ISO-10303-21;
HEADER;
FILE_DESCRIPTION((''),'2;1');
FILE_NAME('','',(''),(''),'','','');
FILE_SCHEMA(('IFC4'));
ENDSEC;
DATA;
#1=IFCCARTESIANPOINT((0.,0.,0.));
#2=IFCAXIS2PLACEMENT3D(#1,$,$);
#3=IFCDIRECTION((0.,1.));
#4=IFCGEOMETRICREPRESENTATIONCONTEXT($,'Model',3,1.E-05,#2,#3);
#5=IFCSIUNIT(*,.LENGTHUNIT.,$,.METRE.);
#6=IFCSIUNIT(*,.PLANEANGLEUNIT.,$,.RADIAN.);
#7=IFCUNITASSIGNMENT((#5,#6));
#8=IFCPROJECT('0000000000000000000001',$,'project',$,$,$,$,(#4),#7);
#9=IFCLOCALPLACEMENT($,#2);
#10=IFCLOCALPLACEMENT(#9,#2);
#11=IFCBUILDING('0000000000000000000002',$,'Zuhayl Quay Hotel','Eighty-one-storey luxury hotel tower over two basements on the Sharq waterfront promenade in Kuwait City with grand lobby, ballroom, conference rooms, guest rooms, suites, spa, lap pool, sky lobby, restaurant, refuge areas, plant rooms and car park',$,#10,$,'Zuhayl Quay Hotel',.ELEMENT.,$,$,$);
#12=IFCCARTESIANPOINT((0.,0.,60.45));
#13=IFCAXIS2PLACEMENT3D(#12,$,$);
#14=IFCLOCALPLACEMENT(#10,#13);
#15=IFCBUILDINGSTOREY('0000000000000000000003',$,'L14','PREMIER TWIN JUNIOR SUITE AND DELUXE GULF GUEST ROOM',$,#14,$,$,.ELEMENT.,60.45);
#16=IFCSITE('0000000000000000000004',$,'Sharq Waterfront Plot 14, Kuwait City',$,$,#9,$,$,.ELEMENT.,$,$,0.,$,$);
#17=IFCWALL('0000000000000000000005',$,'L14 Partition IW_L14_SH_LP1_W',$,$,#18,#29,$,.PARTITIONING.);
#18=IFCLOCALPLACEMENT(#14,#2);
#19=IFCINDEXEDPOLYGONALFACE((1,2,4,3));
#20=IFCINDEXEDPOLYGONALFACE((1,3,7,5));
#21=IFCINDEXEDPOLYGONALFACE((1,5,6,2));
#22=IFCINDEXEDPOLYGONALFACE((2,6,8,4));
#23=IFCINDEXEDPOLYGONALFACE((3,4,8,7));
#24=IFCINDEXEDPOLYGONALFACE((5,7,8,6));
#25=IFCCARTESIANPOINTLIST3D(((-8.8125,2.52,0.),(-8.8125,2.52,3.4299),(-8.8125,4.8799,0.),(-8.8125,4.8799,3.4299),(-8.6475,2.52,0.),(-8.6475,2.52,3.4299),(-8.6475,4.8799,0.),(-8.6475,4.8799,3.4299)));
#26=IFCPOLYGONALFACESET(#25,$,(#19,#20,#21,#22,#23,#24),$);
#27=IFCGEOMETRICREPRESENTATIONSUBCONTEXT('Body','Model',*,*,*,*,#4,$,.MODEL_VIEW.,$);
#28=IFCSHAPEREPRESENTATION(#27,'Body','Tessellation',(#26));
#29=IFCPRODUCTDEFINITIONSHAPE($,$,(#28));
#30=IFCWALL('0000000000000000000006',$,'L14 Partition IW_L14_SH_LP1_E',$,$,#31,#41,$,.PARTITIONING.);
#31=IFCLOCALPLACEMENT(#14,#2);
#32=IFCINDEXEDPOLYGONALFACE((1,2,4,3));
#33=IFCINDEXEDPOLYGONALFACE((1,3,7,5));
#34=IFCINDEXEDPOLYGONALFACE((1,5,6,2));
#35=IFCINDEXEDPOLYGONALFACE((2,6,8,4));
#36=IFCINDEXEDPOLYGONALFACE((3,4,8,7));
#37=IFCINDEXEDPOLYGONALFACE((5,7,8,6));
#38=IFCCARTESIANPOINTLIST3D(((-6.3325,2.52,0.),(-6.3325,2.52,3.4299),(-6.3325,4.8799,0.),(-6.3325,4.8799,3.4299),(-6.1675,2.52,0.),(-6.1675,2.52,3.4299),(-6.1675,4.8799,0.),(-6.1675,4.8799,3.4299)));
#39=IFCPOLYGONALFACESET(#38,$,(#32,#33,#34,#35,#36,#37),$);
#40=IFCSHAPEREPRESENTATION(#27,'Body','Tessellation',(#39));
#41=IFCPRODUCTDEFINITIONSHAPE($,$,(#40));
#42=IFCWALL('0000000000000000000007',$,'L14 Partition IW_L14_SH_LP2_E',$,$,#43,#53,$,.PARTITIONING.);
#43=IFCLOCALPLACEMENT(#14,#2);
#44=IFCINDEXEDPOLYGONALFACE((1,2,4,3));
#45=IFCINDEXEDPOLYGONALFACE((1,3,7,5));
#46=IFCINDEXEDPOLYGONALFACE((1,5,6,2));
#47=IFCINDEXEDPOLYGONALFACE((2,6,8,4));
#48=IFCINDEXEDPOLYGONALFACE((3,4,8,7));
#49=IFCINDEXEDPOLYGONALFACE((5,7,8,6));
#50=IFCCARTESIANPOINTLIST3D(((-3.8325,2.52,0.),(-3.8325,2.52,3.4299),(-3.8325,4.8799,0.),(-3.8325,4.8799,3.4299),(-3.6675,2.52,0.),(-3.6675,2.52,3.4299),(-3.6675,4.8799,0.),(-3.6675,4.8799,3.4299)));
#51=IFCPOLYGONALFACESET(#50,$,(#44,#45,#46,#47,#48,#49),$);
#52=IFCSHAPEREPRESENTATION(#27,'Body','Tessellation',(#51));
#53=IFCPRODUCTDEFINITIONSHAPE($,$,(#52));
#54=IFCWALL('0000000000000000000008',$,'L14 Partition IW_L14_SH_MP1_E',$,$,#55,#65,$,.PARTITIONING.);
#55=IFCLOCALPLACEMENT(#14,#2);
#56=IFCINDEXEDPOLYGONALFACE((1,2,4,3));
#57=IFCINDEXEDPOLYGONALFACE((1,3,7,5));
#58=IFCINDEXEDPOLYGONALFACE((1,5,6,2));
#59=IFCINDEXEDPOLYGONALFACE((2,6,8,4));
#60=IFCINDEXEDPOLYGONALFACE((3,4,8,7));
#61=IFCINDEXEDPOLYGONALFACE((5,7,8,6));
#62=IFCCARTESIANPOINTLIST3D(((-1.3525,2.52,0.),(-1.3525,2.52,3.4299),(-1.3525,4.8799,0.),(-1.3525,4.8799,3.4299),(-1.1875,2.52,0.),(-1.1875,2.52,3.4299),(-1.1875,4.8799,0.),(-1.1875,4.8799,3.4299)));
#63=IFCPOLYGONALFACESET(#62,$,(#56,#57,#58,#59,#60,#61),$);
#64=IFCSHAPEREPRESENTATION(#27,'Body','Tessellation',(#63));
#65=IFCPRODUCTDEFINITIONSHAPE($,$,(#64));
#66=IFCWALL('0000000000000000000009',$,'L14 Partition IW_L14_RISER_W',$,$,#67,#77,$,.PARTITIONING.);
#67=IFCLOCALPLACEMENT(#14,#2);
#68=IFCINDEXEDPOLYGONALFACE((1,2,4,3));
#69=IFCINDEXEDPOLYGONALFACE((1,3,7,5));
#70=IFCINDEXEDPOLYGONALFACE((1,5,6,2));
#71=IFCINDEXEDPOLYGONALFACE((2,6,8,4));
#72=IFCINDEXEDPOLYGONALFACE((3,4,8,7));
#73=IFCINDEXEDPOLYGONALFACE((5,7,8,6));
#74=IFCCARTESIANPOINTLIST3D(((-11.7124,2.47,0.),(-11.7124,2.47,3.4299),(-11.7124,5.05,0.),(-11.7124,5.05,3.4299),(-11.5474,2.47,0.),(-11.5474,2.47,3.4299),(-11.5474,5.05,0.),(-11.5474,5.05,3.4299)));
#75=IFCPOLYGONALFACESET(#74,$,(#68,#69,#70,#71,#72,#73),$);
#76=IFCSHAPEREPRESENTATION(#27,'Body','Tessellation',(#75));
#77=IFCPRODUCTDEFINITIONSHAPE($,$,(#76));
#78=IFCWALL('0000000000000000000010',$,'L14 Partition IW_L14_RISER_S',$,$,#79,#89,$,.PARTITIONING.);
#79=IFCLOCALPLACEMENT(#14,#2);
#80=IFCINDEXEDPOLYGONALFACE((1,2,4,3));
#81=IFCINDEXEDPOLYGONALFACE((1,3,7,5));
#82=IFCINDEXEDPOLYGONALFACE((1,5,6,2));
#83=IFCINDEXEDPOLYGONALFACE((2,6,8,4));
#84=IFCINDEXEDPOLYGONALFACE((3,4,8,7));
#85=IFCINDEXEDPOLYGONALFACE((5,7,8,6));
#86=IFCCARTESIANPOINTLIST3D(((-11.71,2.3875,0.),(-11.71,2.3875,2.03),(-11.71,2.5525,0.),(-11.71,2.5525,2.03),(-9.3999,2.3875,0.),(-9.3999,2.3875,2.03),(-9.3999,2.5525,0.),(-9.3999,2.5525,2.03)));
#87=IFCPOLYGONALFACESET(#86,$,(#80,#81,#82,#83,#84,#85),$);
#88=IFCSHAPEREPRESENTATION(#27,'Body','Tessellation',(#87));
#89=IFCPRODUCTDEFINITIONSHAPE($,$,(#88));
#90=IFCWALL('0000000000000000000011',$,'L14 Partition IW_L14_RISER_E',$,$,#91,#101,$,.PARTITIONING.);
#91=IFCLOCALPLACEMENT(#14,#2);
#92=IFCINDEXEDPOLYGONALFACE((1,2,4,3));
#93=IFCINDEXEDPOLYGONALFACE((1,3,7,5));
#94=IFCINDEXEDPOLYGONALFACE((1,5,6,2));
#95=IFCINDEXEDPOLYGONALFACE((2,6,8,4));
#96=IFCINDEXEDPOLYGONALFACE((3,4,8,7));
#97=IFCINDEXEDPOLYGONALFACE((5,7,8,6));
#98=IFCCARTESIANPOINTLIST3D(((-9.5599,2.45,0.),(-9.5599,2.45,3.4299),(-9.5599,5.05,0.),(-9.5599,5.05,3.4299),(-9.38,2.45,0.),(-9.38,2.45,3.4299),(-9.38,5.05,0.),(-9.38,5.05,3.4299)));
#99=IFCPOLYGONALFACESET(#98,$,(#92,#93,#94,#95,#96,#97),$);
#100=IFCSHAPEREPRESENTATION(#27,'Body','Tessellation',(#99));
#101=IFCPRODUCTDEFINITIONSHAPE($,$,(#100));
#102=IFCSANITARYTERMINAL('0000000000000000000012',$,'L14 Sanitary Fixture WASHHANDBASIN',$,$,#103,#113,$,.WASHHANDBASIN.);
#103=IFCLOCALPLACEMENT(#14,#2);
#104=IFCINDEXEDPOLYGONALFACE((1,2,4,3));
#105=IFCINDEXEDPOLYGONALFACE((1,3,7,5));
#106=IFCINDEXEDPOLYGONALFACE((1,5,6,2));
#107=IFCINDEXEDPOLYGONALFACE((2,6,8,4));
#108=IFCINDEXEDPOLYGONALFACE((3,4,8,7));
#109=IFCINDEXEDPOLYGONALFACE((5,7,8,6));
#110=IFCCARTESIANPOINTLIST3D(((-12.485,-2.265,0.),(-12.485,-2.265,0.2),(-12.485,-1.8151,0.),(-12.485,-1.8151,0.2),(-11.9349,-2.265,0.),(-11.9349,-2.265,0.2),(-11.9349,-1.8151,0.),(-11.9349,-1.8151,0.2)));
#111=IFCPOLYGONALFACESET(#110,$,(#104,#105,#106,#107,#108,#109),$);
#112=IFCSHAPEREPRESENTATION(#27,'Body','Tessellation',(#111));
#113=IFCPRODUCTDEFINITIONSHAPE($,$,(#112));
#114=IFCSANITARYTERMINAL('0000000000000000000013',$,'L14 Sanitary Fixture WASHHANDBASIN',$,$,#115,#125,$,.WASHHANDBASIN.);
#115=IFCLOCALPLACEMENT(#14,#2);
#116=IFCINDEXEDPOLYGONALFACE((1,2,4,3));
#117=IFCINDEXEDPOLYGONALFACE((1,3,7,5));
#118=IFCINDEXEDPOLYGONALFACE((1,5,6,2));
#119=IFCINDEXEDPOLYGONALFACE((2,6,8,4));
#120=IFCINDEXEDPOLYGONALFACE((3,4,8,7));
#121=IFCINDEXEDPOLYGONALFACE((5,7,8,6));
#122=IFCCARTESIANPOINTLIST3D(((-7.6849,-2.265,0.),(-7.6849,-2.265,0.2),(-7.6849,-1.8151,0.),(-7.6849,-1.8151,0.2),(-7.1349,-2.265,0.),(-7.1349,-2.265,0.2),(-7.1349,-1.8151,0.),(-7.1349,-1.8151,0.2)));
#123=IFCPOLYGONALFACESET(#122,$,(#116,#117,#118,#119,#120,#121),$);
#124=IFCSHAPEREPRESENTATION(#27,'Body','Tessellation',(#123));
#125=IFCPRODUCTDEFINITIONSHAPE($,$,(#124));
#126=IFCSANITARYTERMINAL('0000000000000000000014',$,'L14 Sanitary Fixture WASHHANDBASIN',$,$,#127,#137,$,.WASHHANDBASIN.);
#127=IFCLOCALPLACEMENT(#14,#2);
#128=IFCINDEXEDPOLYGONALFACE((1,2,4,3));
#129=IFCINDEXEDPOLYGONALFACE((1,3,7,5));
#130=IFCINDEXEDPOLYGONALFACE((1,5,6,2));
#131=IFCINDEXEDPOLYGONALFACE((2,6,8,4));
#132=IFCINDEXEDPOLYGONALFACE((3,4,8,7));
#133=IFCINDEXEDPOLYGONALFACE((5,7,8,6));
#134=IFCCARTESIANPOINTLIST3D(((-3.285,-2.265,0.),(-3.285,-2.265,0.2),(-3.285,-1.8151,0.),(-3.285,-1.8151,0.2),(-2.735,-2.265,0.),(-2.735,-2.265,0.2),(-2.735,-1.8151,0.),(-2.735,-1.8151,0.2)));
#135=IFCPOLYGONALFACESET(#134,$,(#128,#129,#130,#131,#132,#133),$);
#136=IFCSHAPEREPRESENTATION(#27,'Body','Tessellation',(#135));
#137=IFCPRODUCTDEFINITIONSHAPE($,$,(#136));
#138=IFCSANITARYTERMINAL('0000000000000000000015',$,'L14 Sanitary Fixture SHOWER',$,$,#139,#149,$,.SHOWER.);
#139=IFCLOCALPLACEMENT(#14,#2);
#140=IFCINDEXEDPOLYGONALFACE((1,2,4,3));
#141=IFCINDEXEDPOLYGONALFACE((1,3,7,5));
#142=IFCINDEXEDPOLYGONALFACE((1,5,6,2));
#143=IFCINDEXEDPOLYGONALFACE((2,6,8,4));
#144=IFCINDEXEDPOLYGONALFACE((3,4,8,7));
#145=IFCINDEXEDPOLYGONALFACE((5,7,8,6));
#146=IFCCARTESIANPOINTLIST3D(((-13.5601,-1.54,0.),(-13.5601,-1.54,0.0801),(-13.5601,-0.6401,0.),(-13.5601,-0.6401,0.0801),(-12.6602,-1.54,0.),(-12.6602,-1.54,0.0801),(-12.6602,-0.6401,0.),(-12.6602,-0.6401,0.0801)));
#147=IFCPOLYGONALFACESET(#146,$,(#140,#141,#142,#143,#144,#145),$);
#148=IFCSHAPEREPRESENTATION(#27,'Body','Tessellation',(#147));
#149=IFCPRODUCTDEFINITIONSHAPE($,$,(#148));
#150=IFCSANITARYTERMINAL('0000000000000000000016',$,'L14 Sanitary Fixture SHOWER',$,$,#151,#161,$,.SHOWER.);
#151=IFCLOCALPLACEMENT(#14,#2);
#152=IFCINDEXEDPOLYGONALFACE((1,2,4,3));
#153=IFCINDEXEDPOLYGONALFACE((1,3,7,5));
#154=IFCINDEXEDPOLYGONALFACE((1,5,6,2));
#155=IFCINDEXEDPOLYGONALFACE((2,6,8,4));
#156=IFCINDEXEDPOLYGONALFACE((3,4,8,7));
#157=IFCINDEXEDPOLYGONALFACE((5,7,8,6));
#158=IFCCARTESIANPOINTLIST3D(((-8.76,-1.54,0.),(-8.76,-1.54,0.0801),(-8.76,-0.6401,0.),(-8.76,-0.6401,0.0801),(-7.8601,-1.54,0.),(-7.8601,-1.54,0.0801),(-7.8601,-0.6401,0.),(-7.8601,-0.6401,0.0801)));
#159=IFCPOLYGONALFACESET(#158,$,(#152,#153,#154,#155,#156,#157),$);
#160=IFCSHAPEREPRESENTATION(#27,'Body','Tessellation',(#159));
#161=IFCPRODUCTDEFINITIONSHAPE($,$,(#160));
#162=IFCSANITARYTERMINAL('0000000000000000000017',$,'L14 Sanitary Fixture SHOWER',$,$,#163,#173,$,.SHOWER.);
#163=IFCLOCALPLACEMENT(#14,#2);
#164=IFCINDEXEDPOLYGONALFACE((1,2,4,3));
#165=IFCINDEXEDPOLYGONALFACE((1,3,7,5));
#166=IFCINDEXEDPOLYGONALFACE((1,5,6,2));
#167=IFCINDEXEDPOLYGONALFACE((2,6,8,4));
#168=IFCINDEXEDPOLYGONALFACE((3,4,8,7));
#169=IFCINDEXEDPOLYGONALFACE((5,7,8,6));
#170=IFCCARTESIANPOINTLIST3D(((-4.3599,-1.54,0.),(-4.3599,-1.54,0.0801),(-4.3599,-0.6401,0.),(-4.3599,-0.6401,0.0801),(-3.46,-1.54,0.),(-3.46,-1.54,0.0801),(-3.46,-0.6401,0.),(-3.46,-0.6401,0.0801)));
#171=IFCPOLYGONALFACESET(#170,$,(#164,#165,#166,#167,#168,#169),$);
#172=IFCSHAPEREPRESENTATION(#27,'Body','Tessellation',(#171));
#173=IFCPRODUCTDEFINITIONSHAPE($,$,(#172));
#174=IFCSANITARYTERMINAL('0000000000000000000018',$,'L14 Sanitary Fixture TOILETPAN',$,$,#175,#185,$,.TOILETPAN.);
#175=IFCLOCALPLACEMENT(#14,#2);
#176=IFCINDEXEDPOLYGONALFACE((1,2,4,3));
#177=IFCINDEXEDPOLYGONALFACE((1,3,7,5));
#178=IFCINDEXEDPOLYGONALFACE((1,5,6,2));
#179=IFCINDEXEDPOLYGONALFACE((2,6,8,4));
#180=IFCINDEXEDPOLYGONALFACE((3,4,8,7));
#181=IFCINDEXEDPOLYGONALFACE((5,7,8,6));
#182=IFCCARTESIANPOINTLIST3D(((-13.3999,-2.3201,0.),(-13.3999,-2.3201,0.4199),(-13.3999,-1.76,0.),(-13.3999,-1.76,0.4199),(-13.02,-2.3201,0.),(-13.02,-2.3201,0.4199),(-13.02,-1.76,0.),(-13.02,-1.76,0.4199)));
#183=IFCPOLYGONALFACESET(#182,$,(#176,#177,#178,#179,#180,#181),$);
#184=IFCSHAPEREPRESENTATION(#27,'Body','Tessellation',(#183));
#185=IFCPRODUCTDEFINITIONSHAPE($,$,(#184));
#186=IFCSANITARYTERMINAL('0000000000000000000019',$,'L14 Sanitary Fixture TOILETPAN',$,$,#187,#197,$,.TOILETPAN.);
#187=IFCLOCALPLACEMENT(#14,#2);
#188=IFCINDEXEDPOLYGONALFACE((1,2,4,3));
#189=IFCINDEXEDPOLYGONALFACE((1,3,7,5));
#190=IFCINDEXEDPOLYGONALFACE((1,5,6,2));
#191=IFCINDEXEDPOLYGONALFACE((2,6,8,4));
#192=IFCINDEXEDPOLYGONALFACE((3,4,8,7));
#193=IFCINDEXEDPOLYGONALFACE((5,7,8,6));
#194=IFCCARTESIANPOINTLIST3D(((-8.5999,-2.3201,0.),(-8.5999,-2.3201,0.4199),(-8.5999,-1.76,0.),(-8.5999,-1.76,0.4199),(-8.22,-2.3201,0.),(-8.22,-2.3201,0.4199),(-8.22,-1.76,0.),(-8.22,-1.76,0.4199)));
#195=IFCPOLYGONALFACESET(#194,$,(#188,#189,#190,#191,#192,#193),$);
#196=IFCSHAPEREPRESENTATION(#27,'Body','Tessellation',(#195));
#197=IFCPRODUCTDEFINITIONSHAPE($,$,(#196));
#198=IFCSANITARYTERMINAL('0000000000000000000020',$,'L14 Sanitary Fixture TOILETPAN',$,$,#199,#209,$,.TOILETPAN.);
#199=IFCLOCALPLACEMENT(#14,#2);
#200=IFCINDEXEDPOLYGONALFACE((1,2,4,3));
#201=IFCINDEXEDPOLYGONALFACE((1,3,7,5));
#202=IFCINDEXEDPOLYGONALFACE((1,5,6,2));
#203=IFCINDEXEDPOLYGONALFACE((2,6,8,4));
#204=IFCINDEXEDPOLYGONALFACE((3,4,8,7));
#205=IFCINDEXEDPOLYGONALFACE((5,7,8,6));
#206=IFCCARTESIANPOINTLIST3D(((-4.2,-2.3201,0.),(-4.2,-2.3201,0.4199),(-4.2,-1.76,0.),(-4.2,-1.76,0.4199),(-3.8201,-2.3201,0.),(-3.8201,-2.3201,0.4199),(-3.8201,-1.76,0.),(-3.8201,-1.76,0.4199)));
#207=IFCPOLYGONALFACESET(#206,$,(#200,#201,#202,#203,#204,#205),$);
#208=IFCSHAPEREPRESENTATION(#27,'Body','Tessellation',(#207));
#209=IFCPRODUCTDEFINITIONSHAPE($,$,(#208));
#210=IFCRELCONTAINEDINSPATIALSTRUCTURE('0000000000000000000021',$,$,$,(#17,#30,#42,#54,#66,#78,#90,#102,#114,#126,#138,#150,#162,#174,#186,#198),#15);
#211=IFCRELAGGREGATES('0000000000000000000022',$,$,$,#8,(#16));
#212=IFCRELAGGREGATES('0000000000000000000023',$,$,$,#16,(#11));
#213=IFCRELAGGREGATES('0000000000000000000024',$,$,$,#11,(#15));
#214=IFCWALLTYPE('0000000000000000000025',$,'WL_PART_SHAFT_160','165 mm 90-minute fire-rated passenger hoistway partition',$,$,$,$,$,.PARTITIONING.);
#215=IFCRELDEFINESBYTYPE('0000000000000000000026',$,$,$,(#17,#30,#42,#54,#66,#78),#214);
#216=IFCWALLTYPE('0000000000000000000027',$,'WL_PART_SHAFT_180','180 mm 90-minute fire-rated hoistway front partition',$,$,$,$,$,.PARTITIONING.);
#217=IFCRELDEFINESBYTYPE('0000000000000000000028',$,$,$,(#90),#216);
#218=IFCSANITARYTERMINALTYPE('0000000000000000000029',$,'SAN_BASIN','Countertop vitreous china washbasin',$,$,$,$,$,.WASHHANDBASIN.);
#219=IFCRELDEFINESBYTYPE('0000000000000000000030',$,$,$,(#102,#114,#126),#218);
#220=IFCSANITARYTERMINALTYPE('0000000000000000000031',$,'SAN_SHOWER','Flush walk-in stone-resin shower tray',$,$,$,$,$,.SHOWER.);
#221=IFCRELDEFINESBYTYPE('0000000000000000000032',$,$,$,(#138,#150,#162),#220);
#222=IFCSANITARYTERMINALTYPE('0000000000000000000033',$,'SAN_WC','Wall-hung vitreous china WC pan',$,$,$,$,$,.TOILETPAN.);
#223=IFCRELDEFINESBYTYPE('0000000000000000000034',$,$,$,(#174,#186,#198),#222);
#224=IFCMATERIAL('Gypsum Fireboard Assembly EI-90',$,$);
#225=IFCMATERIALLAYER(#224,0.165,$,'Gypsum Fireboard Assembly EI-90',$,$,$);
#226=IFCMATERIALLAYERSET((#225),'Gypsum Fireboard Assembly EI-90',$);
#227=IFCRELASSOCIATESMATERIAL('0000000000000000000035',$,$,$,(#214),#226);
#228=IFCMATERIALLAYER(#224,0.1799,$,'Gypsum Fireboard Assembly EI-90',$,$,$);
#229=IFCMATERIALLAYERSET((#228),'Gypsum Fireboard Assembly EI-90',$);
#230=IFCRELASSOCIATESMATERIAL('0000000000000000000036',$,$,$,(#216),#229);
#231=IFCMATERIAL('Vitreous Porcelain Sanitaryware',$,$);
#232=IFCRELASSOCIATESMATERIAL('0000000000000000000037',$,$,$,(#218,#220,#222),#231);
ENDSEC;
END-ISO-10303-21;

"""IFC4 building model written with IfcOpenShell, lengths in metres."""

from ifc_helpers import new_model, si_unit, direction, frame, frame_2d, origin, origin_2d, place, context, subcontext, project, spatial, rectangle, extrude, material, layer, layer_set, type_object, element, save


model = new_model("IFC4")

# Units and contexts
model_context = context("Model", 3, precision=1e-05, world=origin(), true_north=direction((0.0, 1.0)))
body_context = subcontext(model_context, "Body", "Model", "MODEL_VIEW")
ifc_project = project(units=[si_unit("LENGTHUNIT", "METRE"), si_unit("PLANEANGLEUNIT", "RADIAN")], contexts=[model_context])

# Site, building, storey
site_placement = place(None, origin())
site = spatial("IfcSite", under=ifc_project, at=site_placement, Name="Sharq Waterfront Plot 14, Kuwait City", CompositionType="ELEMENT", RefElevation=0.0)
building_placement = place(site_placement, origin())
building = spatial("IfcBuilding", under=site, at=building_placement, Name="Zuhayl Quay Hotel", Description="Eighty-one-storey luxury hotel tower over two basements on the Sharq waterfront promenade in Kuwait City with grand lobby, ballroom, conference rooms, guest rooms, suites, spa, lap pool, sky lobby, restaurant, refuge areas, plant rooms and car park", LongName="Zuhayl Quay Hotel", CompositionType="ELEMENT")
storey_placement = place(building_placement, frame((0.0, 0.0, 60.45)))
storey = spatial("IfcBuildingStorey", under=building, at=storey_placement, Name="L14", Description="PREMIER TWIN JUNIOR SUITE AND DELUXE GULF GUEST ROOM", CompositionType="ELEMENT", Elevation=60.45)

# Walls
ifc_material_1 = material(Name="Gypsum Fireboard Assembly EI-90")
ifc_layer_1 = layer(ifc_material_1, 0.165, Name="Gypsum Fireboard Assembly EI-90")
ifc_layer_set_1 = layer_set([ifc_layer_1], Name="Gypsum Fireboard Assembly EI-90")
wall_type_1 = type_object("IfcWallType", Name="WL_PART_SHAFT_160", Description="165 mm 90-minute fire-rated passenger hoistway partition", PredefinedType="PARTITIONING", material=ifc_layer_set_1)
for number, where, z_axis, x_axis, name in (
    (1, (-8.73, 2.52, 0.0), (0.0, 0.0, 1.0), (0.0, 1.0, 0.0), "L14 Partition IW_L14_SH_LP1_W"),
    (2, (-6.25, 2.52, 0.0), (0.0, 0.0, 1.0), (0.0, 1.0, 0.0), "L14 Partition IW_L14_SH_LP1_E"),
    (3, (-3.75, 2.52, 0.0), (0.0, 0.0, 1.0), (0.0, 1.0, 0.0), "L14 Partition IW_L14_SH_LP2_E"),
    (4, (-1.27, 2.52, 0.0), (0.0, 0.0, 1.0), (0.0, 1.0, 0.0), "L14 Partition IW_L14_SH_MP1_E"),
):
    element("IfcWall", number, at=place(storey_placement, frame(where, z_axis=z_axis, x_axis=x_axis)), inside=storey, type_object=wall_type_1, Name=name, PredefinedType="PARTITIONING", context=body_context, shape_type="SweptSolid", body=[
        extrude(rectangle(XDim=2.3599, YDim=0.165, at=frame_2d((1.1799, 0.0))), origin(), (0.0, 0.0, 1.0), 3.4299),
    ])
wall_1_placement = place(storey_placement, frame((-11.6299, 2.47, 0.0), z_axis=(0.0, 0.0, 1.0), x_axis=(0.0, 1.0, 0.0)))
element("IfcWall", 5, at=wall_1_placement, inside=storey, type_object=wall_type_1, Name="L14 Partition IW_L14_RISER_W", PredefinedType="PARTITIONING", context=body_context, shape_type="SweptSolid", body=[
    extrude(rectangle(XDim=2.5801, YDim=0.165, at=frame_2d((1.29, 0.0))), origin(), (0.0, 0.0, 1.0), 3.4299),
])
wall_2_placement = place(storey_placement, frame((-11.71, 2.47, 0.0), z_axis=(0.0, 0.0, 1.0), x_axis=(1.0, 0.0, 0.0)))
element("IfcWall", 6, at=wall_2_placement, inside=storey, type_object=wall_type_1, Name="L14 Partition IW_L14_RISER_S", PredefinedType="PARTITIONING", context=body_context, shape_type="SweptSolid", body=[
    extrude(rectangle(XDim=2.3101, YDim=0.165, at=frame_2d((1.155, 0.0))), origin(), (0.0, 0.0, 1.0), 2.03),
])
ifc_layer_2 = layer(ifc_material_1, 0.1799, Name="Gypsum Fireboard Assembly EI-90")
ifc_layer_set_2 = layer_set([ifc_layer_2], Name="Gypsum Fireboard Assembly EI-90")
wall_type_2 = type_object("IfcWallType", Name="WL_PART_SHAFT_180", Description="180 mm 90-minute fire-rated hoistway front partition", PredefinedType="PARTITIONING", material=ifc_layer_set_2)
wall_3_placement = place(storey_placement, frame((-9.47, 2.45, 0.0), z_axis=(0.0, 0.0, 1.0), x_axis=(0.0, 1.0, 0.0)))
element("IfcWall", 7, at=wall_3_placement, inside=storey, type_object=wall_type_2, Name="L14 Partition IW_L14_RISER_E", PredefinedType="PARTITIONING", context=body_context, shape_type="SweptSolid", body=[
    extrude(rectangle(XDim=2.6001, YDim=0.1799, at=frame_2d((1.3, 0.0))), origin(), (0.0, 0.0, 1.0), 3.4299),
])

# Sanitary terminals
ifc_material_2 = material(Name="Vitreous Porcelain Sanitaryware")
sanitary_terminal_type_1 = type_object("IfcSanitaryTerminalType", Name="SAN_BASIN", Description="Countertop vitreous china washbasin", PredefinedType="WASHHANDBASIN", material=ifc_material_2)
for number, where, z_axis, x_axis, name in (
    (8, (-12.21, -2.04, 0.0), (0.0, 0.0, 1.0), (1.0, 0.0, 0.0), "L14 Sanitary Fixture WASHHANDBASIN"),
    (9, (-7.4099, -2.04, 0.0), (0.0, 0.0, 1.0), (1.0, 0.0, 0.0), "L14 Sanitary Fixture WASHHANDBASIN"),
    (10, (-3.01, -2.04, 0.0), (0.0, 0.0, 1.0), (1.0, 0.0, 0.0), "L14 Sanitary Fixture WASHHANDBASIN"),
):
    element("IfcSanitaryTerminal", number, at=place(storey_placement, frame(where, z_axis=z_axis, x_axis=x_axis)), inside=storey, type_object=sanitary_terminal_type_1, Name=name, PredefinedType="WASHHANDBASIN", context=body_context, shape_type="SweptSolid", body=[
        extrude(rectangle(XDim=0.55, YDim=0.45, at=origin_2d()), origin(), (0.0, 0.0, 1.0), 0.2),
    ])
sanitary_terminal_type_2 = type_object("IfcSanitaryTerminalType", Name="SAN_SHOWER", Description="Flush walk-in stone-resin shower tray", PredefinedType="SHOWER", material=ifc_material_2)
for number, where, z_axis, x_axis, name in (
    (11, (-13.1101, -1.0901, 0.0), (0.0, 0.0, 1.0), (1.0, 0.0, 0.0), "L14 Sanitary Fixture SHOWER"),
    (12, (-8.3101, -1.0901, 0.0), (0.0, 0.0, 1.0), (1.0, 0.0, 0.0), "L14 Sanitary Fixture SHOWER"),
    (13, (-3.9099, -1.0901, 0.0), (0.0, 0.0, 1.0), (1.0, 0.0, 0.0), "L14 Sanitary Fixture SHOWER"),
):
    element("IfcSanitaryTerminal", number, at=place(storey_placement, frame(where, z_axis=z_axis, x_axis=x_axis)), inside=storey, type_object=sanitary_terminal_type_2, Name=name, PredefinedType="SHOWER", context=body_context, shape_type="SweptSolid", body=[
        extrude(rectangle(XDim=0.8999, YDim=0.8999, at=origin_2d()), origin(), (0.0, 0.0, 1.0), 0.0801),
    ])
sanitary_terminal_type_3 = type_object("IfcSanitaryTerminalType", Name="SAN_WC", Description="Wall-hung vitreous china WC pan", PredefinedType="TOILETPAN", material=ifc_material_2)
for number, where, z_axis, x_axis, name in (
    (14, (-13.21, -2.04, 0.0), (0.0, 0.0, 1.0), (1.0, 0.0, 0.0), "L14 Sanitary Fixture TOILETPAN"),
    (15, (-8.4099, -2.04, 0.0), (0.0, 0.0, 1.0), (1.0, 0.0, 0.0), "L14 Sanitary Fixture TOILETPAN"),
    (16, (-4.01, -2.04, 0.0), (0.0, 0.0, 1.0), (1.0, 0.0, 0.0), "L14 Sanitary Fixture TOILETPAN"),
):
    element("IfcSanitaryTerminal", number, at=place(storey_placement, frame(where, z_axis=z_axis, x_axis=x_axis)), inside=storey, type_object=sanitary_terminal_type_3, Name=name, PredefinedType="TOILETPAN", context=body_context, shape_type="SweptSolid", body=[
        extrude(rectangle(XDim=0.3799, YDim=0.5601, at=origin_2d()), origin(), (0.0, 0.0, 1.0), 0.4199),
    ])

save(model, "model.ifc")
